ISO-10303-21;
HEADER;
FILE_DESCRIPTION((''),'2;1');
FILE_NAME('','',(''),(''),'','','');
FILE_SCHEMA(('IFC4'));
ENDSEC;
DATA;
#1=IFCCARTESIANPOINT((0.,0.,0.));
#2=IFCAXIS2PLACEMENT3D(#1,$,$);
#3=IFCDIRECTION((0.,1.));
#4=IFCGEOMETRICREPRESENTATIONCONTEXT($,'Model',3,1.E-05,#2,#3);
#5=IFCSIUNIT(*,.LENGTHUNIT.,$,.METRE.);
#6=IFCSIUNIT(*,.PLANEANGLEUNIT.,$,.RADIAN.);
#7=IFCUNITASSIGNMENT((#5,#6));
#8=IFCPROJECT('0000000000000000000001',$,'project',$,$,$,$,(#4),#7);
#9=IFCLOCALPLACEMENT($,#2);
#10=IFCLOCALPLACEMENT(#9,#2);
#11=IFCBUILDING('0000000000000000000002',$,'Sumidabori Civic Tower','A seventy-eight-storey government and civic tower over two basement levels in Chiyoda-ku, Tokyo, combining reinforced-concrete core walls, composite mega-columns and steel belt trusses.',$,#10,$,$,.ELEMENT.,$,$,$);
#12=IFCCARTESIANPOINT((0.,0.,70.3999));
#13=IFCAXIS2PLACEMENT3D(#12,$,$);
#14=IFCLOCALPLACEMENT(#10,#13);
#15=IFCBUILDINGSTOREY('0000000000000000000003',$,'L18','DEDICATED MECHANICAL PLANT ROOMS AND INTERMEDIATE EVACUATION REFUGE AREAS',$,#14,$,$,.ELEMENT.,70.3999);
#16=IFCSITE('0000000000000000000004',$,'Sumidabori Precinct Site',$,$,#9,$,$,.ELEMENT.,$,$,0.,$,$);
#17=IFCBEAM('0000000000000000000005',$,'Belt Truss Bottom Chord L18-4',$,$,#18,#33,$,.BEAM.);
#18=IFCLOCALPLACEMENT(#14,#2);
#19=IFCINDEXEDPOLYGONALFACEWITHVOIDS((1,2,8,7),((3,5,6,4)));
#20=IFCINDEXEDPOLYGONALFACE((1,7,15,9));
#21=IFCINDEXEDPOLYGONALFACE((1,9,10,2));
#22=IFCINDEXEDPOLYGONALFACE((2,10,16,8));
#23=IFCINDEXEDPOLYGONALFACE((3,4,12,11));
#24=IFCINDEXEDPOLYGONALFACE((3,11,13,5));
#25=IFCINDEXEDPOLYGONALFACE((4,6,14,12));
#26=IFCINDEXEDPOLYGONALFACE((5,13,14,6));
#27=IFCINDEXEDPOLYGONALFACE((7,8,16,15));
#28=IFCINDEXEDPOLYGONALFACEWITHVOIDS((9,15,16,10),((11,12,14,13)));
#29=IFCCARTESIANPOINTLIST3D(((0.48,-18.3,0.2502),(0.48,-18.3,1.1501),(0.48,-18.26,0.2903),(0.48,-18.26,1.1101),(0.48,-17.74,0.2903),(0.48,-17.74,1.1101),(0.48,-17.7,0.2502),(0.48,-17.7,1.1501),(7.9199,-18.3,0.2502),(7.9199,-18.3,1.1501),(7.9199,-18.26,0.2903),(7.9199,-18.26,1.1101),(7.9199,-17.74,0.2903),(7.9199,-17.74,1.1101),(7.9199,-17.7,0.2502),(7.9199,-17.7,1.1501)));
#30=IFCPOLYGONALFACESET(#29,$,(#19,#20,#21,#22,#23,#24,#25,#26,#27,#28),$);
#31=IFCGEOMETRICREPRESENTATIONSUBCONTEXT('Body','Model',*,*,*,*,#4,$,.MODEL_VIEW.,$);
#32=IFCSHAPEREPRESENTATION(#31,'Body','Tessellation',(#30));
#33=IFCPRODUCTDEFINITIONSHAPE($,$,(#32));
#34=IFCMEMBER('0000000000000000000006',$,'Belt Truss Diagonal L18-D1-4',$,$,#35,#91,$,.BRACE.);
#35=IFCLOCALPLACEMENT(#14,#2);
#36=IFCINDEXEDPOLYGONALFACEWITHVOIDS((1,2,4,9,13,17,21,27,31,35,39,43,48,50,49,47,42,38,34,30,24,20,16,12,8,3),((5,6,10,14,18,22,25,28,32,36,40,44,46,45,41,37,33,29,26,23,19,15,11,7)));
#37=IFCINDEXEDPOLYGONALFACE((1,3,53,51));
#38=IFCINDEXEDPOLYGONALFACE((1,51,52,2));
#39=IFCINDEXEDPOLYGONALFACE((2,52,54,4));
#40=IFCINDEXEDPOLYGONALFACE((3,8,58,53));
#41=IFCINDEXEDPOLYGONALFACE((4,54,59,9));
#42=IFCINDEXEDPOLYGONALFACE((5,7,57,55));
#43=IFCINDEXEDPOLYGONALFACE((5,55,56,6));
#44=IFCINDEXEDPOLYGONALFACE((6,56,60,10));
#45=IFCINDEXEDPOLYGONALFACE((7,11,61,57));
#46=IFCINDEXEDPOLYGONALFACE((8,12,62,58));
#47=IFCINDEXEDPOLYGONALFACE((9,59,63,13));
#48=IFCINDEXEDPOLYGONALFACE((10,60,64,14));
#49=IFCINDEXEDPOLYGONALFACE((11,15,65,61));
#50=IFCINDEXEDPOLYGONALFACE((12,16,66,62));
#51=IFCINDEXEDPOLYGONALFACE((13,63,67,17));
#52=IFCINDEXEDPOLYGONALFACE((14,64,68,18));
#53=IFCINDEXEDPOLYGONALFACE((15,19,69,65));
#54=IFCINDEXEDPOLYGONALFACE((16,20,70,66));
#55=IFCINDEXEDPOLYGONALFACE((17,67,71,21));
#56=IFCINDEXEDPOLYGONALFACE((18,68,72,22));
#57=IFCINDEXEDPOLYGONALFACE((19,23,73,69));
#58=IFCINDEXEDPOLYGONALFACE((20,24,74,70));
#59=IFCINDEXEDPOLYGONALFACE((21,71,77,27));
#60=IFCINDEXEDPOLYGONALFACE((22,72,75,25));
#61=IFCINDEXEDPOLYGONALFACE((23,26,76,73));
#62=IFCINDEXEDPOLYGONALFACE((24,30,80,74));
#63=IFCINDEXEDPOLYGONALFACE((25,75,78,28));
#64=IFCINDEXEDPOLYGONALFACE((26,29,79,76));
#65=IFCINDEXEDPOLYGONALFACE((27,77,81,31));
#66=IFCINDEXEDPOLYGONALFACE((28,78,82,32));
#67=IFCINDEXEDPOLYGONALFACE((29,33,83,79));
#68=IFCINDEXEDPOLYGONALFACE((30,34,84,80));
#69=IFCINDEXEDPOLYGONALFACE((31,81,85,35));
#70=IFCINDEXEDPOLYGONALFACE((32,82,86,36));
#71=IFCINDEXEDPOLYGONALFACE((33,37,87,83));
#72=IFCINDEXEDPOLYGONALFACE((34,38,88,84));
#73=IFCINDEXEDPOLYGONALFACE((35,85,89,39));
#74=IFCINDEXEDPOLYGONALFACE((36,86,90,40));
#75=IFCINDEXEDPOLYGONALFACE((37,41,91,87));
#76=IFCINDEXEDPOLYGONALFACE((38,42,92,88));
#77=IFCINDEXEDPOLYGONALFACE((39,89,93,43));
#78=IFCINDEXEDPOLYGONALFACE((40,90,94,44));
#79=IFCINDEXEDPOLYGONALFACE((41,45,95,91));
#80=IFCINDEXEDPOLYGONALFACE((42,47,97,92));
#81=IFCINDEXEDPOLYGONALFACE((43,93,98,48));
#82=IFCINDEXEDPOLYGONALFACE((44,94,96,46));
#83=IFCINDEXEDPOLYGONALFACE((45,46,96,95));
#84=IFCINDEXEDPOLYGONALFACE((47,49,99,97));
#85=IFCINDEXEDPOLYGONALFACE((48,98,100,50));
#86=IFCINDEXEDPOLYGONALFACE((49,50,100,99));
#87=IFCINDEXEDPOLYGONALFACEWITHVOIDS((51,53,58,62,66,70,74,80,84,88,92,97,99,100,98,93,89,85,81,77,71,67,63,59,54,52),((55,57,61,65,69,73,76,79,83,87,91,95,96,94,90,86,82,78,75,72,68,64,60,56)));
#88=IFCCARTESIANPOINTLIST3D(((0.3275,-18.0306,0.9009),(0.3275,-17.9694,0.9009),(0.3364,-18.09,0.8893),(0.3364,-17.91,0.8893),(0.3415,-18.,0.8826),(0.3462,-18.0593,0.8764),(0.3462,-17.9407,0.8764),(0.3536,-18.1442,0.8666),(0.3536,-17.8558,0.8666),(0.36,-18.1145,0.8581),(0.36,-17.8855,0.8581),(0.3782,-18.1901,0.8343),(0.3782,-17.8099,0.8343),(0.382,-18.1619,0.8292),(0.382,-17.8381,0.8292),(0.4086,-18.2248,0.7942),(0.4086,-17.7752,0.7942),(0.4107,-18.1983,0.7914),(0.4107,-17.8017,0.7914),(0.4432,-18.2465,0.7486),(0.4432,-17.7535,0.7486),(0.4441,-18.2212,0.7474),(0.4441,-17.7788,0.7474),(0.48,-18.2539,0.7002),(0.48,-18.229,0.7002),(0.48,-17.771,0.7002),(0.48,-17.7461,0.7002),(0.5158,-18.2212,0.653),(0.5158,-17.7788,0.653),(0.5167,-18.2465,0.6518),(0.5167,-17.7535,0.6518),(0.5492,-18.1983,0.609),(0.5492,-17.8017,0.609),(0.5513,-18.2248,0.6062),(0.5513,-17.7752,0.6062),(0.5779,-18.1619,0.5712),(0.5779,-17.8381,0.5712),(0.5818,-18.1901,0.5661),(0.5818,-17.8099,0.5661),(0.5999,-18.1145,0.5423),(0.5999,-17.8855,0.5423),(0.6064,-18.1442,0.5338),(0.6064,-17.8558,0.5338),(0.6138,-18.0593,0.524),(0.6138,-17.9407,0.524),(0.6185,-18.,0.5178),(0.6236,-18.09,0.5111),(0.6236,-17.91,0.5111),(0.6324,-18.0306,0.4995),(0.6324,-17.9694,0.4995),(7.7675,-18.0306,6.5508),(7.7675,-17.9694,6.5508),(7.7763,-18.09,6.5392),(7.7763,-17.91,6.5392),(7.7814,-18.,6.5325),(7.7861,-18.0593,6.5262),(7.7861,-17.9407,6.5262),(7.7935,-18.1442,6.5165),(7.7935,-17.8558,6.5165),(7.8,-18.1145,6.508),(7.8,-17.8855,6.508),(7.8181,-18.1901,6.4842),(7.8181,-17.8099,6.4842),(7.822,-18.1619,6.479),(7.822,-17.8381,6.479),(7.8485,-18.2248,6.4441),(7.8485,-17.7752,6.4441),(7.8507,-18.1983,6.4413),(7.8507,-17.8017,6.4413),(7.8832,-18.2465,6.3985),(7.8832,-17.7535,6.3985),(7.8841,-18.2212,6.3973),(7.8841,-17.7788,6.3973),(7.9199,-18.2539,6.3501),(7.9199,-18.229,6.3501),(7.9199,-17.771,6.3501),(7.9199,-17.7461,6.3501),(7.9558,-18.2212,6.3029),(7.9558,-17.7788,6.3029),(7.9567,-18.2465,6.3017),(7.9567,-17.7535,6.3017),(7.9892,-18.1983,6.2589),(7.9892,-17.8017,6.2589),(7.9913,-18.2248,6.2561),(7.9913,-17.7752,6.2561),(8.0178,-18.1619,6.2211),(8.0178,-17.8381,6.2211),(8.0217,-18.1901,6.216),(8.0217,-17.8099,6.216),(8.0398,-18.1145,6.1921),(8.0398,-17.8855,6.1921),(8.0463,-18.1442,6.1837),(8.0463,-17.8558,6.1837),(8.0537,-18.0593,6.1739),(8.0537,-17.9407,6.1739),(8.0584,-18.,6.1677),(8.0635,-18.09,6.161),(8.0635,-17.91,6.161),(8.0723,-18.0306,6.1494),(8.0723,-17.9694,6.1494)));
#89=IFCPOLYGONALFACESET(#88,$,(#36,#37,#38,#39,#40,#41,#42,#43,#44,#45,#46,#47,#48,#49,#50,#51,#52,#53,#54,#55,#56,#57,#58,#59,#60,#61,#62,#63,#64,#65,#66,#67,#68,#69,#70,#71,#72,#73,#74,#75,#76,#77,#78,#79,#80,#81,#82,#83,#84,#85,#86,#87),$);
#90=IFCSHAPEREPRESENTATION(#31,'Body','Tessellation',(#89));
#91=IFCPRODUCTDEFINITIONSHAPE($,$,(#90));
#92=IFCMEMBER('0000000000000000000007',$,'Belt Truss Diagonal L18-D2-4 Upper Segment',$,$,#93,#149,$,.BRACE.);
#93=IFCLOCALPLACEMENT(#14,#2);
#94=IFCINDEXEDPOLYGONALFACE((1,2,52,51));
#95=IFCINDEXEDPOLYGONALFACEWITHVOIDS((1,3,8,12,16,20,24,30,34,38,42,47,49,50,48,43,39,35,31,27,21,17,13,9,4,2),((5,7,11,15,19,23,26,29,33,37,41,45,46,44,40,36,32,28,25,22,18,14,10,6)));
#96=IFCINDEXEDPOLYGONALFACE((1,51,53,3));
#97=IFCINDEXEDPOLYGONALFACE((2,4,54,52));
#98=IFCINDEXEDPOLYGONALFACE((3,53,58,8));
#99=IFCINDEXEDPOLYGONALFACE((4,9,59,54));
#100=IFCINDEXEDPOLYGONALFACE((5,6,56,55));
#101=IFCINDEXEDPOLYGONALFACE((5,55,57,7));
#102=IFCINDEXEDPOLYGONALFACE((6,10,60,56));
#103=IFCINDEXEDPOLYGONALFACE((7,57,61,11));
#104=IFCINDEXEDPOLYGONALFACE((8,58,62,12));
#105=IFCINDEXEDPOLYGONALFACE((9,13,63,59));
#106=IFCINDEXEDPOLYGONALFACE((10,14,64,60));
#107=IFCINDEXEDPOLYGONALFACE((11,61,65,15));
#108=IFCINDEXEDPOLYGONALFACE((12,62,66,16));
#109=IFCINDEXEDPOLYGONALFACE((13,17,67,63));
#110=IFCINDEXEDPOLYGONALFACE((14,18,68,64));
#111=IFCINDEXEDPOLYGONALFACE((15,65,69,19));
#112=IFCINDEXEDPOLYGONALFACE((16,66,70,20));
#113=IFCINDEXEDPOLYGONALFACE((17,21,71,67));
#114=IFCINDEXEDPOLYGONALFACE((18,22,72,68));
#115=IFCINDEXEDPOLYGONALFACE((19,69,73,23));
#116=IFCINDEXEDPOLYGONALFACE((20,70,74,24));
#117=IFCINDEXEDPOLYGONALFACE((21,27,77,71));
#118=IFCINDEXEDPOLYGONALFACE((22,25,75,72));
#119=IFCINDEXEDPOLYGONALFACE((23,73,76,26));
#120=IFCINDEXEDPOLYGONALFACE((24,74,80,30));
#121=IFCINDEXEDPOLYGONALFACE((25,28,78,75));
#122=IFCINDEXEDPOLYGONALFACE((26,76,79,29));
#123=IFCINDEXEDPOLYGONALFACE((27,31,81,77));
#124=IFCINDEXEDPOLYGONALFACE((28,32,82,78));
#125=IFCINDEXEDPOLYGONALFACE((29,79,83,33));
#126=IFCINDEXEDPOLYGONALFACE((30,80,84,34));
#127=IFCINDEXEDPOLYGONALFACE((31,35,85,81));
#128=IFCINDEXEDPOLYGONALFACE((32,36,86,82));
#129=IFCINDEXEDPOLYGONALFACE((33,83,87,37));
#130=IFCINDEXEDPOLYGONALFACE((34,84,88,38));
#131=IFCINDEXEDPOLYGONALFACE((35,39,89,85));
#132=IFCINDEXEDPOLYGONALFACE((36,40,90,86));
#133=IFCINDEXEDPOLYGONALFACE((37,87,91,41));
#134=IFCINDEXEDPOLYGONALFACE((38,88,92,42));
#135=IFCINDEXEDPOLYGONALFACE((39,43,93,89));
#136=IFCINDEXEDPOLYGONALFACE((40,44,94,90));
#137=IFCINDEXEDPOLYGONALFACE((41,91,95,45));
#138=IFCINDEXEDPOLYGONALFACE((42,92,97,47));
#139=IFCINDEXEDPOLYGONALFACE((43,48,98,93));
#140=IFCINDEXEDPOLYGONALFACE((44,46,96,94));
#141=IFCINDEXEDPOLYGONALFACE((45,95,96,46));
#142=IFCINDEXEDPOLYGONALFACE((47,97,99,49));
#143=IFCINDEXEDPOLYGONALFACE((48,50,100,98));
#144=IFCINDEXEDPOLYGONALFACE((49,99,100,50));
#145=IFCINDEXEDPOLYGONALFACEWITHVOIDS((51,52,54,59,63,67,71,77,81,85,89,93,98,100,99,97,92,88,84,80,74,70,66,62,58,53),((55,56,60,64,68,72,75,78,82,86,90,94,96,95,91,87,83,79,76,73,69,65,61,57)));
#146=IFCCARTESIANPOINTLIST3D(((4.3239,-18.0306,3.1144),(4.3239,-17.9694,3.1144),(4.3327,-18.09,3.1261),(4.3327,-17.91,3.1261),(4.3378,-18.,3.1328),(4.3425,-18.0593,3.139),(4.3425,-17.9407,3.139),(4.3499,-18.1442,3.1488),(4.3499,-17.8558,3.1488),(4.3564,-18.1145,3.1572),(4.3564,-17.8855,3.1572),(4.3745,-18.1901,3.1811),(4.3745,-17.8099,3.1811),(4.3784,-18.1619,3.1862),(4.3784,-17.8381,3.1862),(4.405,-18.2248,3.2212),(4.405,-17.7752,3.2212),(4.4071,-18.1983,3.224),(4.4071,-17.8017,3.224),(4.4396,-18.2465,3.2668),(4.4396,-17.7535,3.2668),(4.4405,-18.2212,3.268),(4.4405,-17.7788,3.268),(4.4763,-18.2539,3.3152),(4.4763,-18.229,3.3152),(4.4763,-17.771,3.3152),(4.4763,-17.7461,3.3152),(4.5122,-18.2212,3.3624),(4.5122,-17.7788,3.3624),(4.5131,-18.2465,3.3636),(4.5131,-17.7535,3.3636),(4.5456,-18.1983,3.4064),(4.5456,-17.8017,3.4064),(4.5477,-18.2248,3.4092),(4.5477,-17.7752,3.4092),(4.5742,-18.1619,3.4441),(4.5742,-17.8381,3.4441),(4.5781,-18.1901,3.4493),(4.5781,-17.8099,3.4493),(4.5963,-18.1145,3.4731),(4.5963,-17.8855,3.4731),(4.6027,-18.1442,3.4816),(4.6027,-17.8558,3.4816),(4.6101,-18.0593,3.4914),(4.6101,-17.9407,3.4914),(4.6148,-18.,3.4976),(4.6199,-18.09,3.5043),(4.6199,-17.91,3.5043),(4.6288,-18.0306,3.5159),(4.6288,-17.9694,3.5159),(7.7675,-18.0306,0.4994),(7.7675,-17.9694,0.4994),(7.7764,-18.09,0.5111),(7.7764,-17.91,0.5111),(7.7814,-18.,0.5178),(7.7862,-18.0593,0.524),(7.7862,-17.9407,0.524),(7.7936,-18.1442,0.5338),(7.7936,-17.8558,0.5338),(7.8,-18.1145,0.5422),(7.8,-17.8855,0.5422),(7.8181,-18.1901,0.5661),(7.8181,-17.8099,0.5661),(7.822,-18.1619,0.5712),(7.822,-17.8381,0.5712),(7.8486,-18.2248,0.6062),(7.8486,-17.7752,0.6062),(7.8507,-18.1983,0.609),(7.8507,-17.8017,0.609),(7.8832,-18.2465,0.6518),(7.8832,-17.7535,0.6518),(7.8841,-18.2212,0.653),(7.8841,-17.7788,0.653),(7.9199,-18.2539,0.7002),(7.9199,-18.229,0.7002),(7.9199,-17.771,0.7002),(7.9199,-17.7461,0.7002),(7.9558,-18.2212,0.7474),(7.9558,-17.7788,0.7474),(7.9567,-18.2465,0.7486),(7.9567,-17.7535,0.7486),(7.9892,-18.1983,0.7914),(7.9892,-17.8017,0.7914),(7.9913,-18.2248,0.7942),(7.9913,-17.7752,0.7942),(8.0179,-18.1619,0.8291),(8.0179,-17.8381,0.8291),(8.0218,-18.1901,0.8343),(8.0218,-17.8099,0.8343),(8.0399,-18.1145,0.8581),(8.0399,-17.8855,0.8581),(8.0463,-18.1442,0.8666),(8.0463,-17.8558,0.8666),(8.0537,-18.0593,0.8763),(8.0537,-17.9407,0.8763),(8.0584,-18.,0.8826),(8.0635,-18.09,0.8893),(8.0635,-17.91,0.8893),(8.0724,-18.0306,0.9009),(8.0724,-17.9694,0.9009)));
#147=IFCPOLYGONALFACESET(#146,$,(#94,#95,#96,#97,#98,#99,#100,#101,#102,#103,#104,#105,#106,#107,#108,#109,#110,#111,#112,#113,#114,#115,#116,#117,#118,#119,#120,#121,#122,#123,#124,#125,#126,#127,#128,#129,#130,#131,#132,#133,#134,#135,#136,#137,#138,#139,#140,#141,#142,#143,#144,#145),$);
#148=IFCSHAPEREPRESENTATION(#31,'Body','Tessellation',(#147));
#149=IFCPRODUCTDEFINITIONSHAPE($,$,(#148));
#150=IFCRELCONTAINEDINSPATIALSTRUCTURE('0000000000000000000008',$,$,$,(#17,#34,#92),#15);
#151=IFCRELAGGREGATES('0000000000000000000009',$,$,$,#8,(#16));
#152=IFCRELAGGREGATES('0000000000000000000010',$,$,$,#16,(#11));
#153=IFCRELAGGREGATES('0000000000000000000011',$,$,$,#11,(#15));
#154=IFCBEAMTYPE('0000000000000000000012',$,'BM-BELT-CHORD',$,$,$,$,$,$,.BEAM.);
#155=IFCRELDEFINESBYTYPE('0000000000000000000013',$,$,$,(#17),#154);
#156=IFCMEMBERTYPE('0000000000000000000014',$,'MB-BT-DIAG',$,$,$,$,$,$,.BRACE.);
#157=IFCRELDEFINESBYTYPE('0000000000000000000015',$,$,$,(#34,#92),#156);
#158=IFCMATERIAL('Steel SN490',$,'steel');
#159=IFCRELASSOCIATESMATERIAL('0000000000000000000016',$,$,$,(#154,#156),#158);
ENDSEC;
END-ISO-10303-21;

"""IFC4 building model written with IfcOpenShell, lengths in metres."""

from ifc_helpers import new_model, si_unit, direction, frame, origin, origin_2d, place, context, subcontext, project, spatial, hollow_rectangle, hollow_circle, extrude, source, transform, mapped, material, material_profile, profile_set, type_object, element, save


model = new_model("IFC4")

# Units and contexts
model_context = context("Model", 3, precision=1e-05, world=origin(), true_north=direction((0.0, 1.0)))
body_context = subcontext(model_context, "Body", "Model", "MODEL_VIEW")
ifc_project = project(units=[si_unit("LENGTHUNIT", "METRE"), si_unit("PLANEANGLEUNIT", "RADIAN")], contexts=[model_context])

# Site, building, storey
site_placement = place(None, origin())
site = spatial("IfcSite", under=ifc_project, at=site_placement, Name="Sumidabori Precinct Site", CompositionType="ELEMENT", RefElevation=0.0)
building_placement = place(site_placement, origin())
building = spatial("IfcBuilding", under=site, at=building_placement, Name="Sumidabori Civic Tower", Description="A seventy-eight-storey government and civic tower over two basement levels in Chiyoda-ku, Tokyo, combining reinforced-concrete core walls, composite mega-columns and steel belt trusses.", CompositionType="ELEMENT")
storey_placement = place(building_placement, frame((0.0, 0.0, 70.3999)))
storey = spatial("IfcBuildingStorey", under=building, at=storey_placement, Name="L18", Description="DEDICATED MECHANICAL PLANT ROOMS AND INTERMEDIATE EVACUATION REFUGE AREAS", CompositionType="ELEMENT", Elevation=70.3999)

# Shared definitions
ifc_material_1 = material(Name="Steel SN490", Category="steel")
ifc_material_profile_1 = material_profile(ifc_material_1, hollow_rectangle(XDim=0.6001, YDim=0.8999, WallThickness=0.04, at=origin_2d()), Name="RHS 900x600x40")
ifc_profile_set_1 = profile_set([ifc_material_profile_1], Name="Steel SN490")
beam_type_1 = type_object("IfcBeamType", Name="BM-BELT-CHORD", PredefinedType="BEAM", material=ifc_profile_set_1)

# Shared definitions
ifc_material_profile_2 = material_profile(ifc_material_1, hollow_circle(Radius=0.2539, WallThickness=0.0249, at=origin_2d()), Name="CHS 508x25")
ifc_profile_set_2 = profile_set([ifc_material_profile_2], Name="Steel SN490")
member_type = type_object("IfcMemberType", Name="MB-BT-DIAG", PredefinedType="BRACE", material=ifc_profile_set_2)

# Beam
shared_shape_1 = source(origin(), body_context, "Body", "SweptSolid", [
    extrude(hollow_rectangle(XDim=0.6001, YDim=0.8999, WallThickness=0.04, at=origin_2d()), origin(), (0.0, 0.0, 1.0), 7.4399),
])
beam_1_placement = place(storey_placement, frame((0.48, -18.0, 0.7002), z_axis=(1.0, 0.0, 0.0), x_axis=(0.0, 1.0, 0.0)))
element("IfcBeam", 1, at=beam_1_placement, inside=storey, type_object=beam_type_1, Name="Belt Truss Bottom Chord L18-4", PredefinedType="BEAM", context=body_context, shape_type="MappedRepresentation", body=[
    mapped(shared_shape_1, transform((0.0, 0.0, 0.0), x_axis=(1.0, 0.0, 0.0), y_axis=(0.0, 1.0, 0.0), z_axis=(0.0, 0.0, 1.0), scale=1.0)),
])

# Members
shared_shape_2 = source(origin(), body_context, "Body", "SweptSolid", [
    extrude(hollow_circle(Radius=0.2539, WallThickness=0.0249, at=origin_2d()), origin(), (0.0, 0.0, 1.0), 9.342),
])
member_1_placement = place(storey_placement, frame((0.48, -18.0, 0.7002), z_axis=(0.796392, 0.0, 0.604781), x_axis=(0.0, 1.0, 0.0)))
element("IfcMember", 2, at=member_1_placement, inside=storey, type_object=member_type, Name="Belt Truss Diagonal L18-D1-4", PredefinedType="BRACE", context=body_context, shape_type="MappedRepresentation", body=[
    mapped(shared_shape_2, transform((0.0, 0.0, 0.0), x_axis=(1.0, 0.0, 0.0), y_axis=(0.0, 1.0, 0.0), z_axis=(0.0, 0.0, 1.0), scale=1.0)),
])
shared_shape_3 = source(origin(), body_context, "Body", "SweptSolid", [
    extrude(hollow_circle(Radius=0.2539, WallThickness=0.0249, at=origin_2d()), origin(), (0.0, 0.0, 1.0), 4.324),
])
member_2_placement = place(storey_placement, frame((4.4763, -18.0, 3.3152), z_axis=(0.796401, 0.0, -0.604768), x_axis=(0.0, 1.0, 0.0)))
element("IfcMember", 3, at=member_2_placement, inside=storey, type_object=member_type, Name="Belt Truss Diagonal L18-D2-4 Upper Segment", PredefinedType="BRACE", context=body_context, shape_type="MappedRepresentation", body=[
    mapped(shared_shape_3, transform((0.0, 0.0, 0.0), x_axis=(1.0, 0.0, 0.0), y_axis=(0.0, 1.0, 0.0), z_axis=(0.0, 0.0, 1.0), scale=1.0)),
])

save(model, "model.ifc")
